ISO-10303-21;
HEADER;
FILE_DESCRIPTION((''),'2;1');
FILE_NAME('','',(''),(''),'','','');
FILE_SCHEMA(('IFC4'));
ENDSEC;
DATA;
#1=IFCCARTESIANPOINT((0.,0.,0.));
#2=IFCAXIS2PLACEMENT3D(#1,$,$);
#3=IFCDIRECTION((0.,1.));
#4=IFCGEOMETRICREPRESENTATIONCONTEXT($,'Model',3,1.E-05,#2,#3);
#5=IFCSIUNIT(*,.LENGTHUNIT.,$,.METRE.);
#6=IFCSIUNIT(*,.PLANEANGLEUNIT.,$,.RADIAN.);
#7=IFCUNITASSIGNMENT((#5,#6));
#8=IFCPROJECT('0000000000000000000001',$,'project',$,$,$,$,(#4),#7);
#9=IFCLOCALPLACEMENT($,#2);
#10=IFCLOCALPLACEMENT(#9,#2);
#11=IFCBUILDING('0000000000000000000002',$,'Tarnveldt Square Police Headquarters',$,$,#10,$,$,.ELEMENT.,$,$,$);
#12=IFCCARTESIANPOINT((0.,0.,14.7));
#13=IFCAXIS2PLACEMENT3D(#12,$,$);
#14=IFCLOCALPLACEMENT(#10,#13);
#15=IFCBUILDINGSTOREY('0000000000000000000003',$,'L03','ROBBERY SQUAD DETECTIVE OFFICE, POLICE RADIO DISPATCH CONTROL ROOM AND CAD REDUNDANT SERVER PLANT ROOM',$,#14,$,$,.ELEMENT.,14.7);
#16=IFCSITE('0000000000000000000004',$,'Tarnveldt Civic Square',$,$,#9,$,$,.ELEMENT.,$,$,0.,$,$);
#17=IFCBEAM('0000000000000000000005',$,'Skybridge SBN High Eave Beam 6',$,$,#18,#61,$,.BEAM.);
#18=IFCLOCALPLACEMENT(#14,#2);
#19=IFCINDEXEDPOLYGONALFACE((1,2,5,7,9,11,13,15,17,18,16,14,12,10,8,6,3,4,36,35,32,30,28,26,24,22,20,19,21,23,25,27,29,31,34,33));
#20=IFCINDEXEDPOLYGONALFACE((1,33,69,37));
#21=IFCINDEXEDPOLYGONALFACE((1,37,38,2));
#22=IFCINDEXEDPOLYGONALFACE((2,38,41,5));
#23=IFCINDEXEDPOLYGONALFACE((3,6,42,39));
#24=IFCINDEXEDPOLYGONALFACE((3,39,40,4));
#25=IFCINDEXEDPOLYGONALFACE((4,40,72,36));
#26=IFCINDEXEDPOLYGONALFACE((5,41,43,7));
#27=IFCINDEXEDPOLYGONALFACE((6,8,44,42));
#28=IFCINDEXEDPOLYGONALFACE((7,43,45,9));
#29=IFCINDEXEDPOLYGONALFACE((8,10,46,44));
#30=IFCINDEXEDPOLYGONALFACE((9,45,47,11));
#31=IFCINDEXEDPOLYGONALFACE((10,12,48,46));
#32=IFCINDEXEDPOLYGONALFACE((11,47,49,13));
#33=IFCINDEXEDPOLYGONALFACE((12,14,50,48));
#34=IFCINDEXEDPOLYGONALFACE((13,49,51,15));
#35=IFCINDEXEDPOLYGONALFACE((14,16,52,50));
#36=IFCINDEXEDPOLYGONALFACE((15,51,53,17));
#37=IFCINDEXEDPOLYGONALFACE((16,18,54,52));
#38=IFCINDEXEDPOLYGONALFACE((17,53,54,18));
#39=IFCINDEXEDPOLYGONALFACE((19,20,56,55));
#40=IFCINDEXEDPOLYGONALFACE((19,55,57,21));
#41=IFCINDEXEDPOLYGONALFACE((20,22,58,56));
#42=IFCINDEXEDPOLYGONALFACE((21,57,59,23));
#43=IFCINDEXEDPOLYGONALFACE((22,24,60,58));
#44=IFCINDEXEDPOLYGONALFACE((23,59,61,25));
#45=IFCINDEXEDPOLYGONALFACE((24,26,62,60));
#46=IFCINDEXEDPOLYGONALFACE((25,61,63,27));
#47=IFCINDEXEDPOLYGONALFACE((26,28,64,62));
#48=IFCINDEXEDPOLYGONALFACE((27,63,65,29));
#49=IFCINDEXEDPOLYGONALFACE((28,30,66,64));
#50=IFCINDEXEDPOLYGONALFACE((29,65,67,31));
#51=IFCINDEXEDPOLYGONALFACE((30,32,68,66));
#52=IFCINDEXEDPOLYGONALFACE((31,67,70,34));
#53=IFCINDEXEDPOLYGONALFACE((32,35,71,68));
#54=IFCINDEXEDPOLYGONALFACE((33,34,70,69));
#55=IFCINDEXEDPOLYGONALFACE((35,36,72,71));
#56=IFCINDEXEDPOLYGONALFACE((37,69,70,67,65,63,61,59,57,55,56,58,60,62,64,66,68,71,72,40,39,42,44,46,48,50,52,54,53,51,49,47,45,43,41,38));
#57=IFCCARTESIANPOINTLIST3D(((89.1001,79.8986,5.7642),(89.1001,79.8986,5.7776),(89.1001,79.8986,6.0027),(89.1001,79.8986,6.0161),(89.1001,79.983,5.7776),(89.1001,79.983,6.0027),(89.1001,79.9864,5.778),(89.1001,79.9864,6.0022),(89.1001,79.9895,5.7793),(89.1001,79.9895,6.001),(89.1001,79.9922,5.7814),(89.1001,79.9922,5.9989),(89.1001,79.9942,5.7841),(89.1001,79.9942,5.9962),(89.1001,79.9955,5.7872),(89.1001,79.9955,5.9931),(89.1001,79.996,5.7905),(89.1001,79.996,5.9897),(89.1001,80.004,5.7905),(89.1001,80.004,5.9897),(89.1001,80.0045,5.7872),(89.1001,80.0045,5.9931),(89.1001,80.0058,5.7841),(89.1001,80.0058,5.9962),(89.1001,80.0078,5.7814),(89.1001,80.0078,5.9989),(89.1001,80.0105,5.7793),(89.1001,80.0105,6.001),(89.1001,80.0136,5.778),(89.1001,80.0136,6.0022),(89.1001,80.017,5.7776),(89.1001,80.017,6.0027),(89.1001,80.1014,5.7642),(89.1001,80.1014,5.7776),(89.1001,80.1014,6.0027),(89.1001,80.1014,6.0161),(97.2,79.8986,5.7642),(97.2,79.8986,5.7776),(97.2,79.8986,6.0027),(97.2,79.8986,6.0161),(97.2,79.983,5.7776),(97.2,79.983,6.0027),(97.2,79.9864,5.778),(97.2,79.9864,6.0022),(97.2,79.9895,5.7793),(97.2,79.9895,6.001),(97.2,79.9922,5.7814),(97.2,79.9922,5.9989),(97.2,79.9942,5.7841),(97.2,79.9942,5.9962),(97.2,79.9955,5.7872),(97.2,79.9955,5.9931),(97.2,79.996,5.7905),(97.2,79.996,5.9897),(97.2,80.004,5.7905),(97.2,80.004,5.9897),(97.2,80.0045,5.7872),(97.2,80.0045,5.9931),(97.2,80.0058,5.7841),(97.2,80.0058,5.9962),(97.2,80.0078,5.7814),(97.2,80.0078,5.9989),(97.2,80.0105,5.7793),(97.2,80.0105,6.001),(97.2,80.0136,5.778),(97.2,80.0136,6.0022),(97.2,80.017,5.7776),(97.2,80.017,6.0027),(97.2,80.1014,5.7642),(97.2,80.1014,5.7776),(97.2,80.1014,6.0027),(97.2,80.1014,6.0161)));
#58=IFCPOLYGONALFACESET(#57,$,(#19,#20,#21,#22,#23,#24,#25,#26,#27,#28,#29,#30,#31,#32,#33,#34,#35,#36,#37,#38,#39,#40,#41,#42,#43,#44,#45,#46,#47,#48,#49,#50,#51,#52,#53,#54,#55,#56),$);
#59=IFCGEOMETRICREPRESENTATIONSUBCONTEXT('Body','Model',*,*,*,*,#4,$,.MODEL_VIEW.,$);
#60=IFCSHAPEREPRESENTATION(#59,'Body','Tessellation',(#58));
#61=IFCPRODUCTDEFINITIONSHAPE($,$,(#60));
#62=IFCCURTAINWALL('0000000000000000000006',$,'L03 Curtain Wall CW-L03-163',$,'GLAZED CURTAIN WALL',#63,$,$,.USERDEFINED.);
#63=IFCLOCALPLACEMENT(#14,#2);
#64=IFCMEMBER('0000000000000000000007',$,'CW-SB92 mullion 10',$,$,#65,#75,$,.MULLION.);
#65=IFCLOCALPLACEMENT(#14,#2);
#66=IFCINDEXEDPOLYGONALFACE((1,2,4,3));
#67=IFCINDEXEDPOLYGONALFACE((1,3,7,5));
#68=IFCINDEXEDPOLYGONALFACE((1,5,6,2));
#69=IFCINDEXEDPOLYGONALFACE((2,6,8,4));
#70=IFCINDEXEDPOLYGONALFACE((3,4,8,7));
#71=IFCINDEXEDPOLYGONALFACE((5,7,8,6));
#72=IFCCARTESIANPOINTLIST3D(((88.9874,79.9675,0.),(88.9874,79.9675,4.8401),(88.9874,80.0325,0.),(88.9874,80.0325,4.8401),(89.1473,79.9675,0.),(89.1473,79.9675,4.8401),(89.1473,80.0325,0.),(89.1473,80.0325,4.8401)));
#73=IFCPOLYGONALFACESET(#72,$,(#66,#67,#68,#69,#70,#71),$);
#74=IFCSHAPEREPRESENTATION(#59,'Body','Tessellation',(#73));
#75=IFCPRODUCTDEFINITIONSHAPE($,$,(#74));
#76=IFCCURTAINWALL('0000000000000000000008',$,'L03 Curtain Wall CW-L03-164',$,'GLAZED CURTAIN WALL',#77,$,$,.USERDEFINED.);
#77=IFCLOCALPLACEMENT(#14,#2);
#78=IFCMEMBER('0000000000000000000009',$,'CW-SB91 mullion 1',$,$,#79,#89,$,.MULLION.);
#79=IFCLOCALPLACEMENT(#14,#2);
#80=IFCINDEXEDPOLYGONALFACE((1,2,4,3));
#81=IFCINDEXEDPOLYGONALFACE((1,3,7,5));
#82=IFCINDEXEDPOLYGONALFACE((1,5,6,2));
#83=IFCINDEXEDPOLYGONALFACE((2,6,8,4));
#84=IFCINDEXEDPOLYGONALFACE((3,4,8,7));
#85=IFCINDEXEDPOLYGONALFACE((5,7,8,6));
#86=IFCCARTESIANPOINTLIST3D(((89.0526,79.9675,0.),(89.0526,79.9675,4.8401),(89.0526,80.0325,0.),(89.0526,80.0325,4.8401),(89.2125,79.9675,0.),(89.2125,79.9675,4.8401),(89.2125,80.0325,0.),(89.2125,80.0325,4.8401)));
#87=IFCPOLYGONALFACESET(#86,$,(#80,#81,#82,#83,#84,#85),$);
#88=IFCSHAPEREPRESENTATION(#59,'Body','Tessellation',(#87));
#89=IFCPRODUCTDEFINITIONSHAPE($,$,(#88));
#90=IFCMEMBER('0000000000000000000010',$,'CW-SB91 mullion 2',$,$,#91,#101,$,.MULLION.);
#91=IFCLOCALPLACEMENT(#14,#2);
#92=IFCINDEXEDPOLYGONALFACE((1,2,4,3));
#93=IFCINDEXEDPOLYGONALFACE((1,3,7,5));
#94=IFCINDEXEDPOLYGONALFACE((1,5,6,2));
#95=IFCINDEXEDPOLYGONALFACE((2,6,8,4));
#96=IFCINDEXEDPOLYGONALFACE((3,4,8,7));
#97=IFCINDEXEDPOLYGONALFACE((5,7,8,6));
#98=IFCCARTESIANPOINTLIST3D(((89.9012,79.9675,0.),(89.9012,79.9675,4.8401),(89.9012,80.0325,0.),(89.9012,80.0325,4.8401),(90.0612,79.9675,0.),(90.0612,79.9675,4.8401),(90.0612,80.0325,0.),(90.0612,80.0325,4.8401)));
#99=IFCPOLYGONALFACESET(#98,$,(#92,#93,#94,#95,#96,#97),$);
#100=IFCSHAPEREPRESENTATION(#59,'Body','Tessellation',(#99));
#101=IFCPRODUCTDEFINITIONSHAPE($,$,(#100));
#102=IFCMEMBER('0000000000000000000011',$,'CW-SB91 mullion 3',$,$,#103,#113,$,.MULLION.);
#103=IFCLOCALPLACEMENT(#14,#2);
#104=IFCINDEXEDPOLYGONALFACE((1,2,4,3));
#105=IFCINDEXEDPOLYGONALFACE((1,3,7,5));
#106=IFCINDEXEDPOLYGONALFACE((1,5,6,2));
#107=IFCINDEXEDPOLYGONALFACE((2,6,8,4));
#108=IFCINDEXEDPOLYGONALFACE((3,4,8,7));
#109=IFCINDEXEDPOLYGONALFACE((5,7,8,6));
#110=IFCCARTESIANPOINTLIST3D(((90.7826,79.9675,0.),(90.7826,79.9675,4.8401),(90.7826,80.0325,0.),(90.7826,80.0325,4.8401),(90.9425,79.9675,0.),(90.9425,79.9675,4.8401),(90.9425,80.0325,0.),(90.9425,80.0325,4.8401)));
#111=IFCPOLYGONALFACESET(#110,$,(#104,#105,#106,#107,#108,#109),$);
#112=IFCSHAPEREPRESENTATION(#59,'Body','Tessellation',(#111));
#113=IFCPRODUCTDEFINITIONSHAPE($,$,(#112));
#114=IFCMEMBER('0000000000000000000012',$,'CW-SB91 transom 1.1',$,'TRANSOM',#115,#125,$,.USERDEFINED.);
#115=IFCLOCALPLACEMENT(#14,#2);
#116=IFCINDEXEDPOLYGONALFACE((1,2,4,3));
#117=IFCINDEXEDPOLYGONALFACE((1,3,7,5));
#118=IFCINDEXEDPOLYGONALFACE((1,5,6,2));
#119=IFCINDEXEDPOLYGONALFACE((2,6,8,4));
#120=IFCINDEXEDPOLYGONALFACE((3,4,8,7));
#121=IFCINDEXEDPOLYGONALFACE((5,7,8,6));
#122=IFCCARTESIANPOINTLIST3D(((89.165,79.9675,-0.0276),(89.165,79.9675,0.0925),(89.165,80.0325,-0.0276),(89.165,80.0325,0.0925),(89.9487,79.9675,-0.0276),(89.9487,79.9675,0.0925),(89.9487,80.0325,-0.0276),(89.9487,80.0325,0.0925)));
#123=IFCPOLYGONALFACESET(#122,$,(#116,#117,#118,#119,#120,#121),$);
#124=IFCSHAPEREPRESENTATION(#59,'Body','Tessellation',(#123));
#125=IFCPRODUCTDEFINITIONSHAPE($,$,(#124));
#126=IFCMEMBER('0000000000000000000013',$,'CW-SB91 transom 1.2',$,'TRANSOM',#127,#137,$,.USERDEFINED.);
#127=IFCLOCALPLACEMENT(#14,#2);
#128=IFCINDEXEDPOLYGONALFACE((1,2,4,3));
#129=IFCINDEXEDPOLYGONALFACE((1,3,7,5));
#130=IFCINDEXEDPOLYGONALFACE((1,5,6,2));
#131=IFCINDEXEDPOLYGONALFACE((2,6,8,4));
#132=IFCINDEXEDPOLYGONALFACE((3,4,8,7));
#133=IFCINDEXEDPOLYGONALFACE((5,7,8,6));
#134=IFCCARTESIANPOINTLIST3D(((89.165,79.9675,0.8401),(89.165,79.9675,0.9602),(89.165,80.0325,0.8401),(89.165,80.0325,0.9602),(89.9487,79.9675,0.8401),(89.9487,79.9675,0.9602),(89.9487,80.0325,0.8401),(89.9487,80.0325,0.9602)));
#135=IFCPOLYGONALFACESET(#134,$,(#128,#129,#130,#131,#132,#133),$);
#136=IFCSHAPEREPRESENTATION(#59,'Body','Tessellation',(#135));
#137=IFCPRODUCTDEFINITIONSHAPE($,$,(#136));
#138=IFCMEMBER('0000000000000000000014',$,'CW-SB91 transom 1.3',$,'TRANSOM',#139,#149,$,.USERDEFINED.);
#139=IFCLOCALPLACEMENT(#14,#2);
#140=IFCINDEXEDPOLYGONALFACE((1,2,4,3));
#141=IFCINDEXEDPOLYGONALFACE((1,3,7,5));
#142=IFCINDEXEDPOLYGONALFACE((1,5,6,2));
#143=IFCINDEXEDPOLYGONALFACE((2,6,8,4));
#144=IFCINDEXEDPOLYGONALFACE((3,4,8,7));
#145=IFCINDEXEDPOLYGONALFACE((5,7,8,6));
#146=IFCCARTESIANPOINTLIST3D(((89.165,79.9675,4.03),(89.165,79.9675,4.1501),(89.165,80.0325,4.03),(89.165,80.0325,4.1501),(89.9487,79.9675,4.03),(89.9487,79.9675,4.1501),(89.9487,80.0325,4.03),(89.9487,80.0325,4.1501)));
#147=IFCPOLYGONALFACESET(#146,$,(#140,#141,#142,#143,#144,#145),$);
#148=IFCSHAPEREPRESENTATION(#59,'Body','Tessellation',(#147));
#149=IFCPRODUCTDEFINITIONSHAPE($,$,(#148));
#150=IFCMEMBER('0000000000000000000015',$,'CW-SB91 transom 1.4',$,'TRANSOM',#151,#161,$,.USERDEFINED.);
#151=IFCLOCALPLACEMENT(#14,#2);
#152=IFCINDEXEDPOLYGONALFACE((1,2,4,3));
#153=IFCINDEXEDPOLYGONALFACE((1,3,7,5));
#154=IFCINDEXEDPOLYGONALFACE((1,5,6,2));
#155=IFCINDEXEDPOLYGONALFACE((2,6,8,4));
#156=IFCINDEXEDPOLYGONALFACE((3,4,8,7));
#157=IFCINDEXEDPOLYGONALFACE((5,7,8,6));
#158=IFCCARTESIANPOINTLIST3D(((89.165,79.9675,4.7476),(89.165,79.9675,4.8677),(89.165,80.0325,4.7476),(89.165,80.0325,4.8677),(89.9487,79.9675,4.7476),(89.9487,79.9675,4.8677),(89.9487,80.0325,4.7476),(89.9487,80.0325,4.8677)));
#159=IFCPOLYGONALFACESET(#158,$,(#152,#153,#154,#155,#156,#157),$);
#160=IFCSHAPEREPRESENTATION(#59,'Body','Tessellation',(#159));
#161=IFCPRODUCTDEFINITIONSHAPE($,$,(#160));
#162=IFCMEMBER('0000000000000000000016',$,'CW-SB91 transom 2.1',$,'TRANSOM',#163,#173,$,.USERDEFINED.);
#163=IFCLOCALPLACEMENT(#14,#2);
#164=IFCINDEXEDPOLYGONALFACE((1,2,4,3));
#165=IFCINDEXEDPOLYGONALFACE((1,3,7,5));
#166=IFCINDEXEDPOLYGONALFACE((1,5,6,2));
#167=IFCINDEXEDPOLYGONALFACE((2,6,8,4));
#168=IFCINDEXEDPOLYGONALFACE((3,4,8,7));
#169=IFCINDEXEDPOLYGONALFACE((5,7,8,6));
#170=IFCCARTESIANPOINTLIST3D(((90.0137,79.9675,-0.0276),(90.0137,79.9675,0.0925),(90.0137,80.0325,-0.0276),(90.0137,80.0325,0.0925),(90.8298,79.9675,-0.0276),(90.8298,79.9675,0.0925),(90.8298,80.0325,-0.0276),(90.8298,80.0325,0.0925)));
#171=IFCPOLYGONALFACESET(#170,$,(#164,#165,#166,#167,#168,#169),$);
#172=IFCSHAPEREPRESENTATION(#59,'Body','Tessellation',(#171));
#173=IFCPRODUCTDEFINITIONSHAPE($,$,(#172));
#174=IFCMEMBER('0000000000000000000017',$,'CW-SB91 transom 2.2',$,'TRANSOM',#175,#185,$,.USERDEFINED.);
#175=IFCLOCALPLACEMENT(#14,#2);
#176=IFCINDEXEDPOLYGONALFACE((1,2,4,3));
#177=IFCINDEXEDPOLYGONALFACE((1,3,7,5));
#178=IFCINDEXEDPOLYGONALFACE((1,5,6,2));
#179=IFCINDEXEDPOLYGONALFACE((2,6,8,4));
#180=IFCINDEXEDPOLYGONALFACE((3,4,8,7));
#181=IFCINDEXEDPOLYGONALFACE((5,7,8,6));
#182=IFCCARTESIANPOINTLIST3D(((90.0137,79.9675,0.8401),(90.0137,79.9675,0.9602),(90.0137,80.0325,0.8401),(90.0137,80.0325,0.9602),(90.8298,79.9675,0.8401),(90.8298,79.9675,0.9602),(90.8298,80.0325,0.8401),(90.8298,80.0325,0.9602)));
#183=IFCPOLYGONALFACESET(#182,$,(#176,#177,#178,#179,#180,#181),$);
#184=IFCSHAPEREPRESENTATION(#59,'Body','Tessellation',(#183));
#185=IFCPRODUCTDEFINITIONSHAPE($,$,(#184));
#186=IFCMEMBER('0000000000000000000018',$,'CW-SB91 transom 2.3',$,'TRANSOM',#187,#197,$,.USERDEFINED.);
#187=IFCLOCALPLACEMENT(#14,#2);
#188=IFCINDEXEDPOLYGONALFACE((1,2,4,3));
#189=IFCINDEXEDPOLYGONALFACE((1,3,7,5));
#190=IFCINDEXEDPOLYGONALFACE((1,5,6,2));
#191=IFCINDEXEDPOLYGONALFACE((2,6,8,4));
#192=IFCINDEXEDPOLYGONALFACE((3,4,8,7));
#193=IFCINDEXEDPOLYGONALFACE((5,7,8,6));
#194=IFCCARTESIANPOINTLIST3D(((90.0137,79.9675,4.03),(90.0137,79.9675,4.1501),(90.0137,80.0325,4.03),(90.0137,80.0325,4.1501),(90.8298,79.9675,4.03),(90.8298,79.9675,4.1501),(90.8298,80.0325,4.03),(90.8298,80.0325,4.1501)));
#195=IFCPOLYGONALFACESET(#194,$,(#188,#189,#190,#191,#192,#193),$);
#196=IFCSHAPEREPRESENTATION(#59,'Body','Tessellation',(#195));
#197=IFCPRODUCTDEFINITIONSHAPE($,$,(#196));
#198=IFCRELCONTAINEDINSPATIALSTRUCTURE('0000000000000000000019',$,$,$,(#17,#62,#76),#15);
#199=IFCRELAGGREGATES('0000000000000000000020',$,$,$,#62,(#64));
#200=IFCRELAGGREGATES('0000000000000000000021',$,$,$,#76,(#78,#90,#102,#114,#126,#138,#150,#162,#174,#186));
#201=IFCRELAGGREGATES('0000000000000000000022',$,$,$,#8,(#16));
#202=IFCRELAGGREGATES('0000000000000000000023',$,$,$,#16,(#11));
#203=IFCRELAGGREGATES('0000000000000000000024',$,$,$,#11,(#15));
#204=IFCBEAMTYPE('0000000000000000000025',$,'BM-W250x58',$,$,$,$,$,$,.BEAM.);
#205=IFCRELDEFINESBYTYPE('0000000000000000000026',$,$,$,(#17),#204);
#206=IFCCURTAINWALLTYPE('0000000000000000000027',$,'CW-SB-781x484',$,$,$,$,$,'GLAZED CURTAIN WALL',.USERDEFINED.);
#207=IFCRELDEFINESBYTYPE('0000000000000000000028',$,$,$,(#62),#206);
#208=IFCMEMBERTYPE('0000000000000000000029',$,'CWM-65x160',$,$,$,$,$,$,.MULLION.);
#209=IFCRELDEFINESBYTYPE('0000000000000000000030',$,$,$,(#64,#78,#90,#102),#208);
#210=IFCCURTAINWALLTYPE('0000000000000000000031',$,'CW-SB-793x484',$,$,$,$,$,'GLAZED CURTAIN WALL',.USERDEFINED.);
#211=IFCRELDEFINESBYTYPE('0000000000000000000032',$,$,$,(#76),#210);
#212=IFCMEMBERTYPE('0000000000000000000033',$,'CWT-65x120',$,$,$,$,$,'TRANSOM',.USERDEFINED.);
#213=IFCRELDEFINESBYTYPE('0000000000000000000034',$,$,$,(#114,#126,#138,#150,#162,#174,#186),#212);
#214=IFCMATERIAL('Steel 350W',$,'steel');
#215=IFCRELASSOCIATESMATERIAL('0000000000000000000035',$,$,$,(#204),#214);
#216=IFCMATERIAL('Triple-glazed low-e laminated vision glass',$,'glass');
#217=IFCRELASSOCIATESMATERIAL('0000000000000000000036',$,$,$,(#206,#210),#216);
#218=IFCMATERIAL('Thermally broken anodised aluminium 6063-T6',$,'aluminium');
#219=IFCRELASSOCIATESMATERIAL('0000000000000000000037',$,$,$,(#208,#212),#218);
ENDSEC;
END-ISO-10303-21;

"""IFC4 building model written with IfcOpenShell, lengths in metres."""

from ifc_helpers import new_model, si_unit, direction, frame, origin, origin_2d, place, context, subcontext, project, spatial, rectangle, i_section, extrude, material, material_profile, profile_set, type_object, element, aggregate, save


model = new_model("IFC4")

# Units and contexts
model_context = context("Model", 3, precision=1e-05, world=origin(), true_north=direction((0.0, 1.0)))
body_context = subcontext(model_context, "Body", "Model", "MODEL_VIEW")
ifc_project = project(units=[si_unit("LENGTHUNIT", "METRE"), si_unit("PLANEANGLEUNIT", "RADIAN")], contexts=[model_context])

# Site, building, storey
site_placement = place(None, origin())
site = spatial("IfcSite", under=ifc_project, at=site_placement, Name="Tarnveldt Civic Square", CompositionType="ELEMENT", RefElevation=0.0)
building_placement = place(site_placement, origin())
building = spatial("IfcBuilding", under=site, at=building_placement, Name="Tarnveldt Square Police Headquarters", CompositionType="ELEMENT")
storey_placement = place(building_placement, frame((0.0, 0.0, 14.7)))
storey = spatial("IfcBuildingStorey", under=building, at=storey_placement, Name="L03", Description="ROBBERY SQUAD DETECTIVE OFFICE, POLICE RADIO DISPATCH CONTROL ROOM AND CAD REDUNDANT SERVER PLANT ROOM", CompositionType="ELEMENT", Elevation=14.7)

# Beam
ifc_material_1 = material(Name="Steel 350W", Category="steel")
ifc_material_profile_1 = material_profile(ifc_material_1, i_section(OverallWidth=0.2029, OverallDepth=0.252, WebThickness=0.0081, FlangeThickness=0.0134, FilletRadius=0.0129, at=origin_2d()), Name="W250x58")
ifc_profile_set_1 = profile_set([ifc_material_profile_1], Name="Steel 350W")
beam_type = type_object("IfcBeamType", Name="BM-W250x58", PredefinedType="BEAM", material=ifc_profile_set_1)
beam_placement = place(storey_placement, frame((89.1001, 80.0, 5.8901), z_axis=(1.0, 0.0, 0.0), x_axis=(0.0, 1.0, 0.0)))
element("IfcBeam", 1, at=beam_placement, inside=storey, type_object=beam_type, Name="Skybridge SBN High Eave Beam 6", PredefinedType="BEAM", context=body_context, shape_type="SweptSolid", body=[
    extrude(i_section(OverallWidth=0.2029, OverallDepth=0.252, WebThickness=0.0081, FlangeThickness=0.0134, FilletRadius=0.0129, at=origin_2d()), origin(), (0.0, 0.0, 1.0), 8.0999),
])

# Curtain wall, member
ifc_material_2 = material(Name="Triple-glazed low-e laminated vision glass", Category="glass")
curtain_wall_type_1 = type_object("IfcCurtainWallType", Name="CW-SB-781x484", ElementType="GLAZED CURTAIN WALL", PredefinedType="USERDEFINED", material=ifc_material_2)
curtain_wall_1_placement = place(storey_placement, origin())
curtain_wall_1 = element("IfcCurtainWall", 2, at=curtain_wall_1_placement, inside=storey, type_object=curtain_wall_type_1, Name="L03 Curtain Wall CW-L03-163", ObjectType="GLAZED CURTAIN WALL", PredefinedType="USERDEFINED")
ifc_material_3 = material(Name="Thermally broken anodised aluminium 6063-T6", Category="aluminium")
ifc_material_profile_2 = material_profile(ifc_material_3, rectangle(XDim=0.0649, YDim=0.1599, at=origin_2d()), Name="CW-M65x160")
ifc_profile_set_2 = profile_set([ifc_material_profile_2], Name="Thermally broken anodised aluminium 6063-T6")
member_type_1 = type_object("IfcMemberType", Name="CWM-65x160", PredefinedType="MULLION", material=ifc_profile_set_2)
member_1_placement = place(storey_placement, frame((89.0674, 80.0, 0.0), z_axis=(0.0, 0.0, 1.0), x_axis=(0.0, 1.0, 0.0)))
member_1 = element("IfcMember", 3, at=member_1_placement, type_object=member_type_1, Name="CW-SB92 mullion 10", PredefinedType="MULLION", context=body_context, shape_type="SweptSolid", body=[
    extrude(rectangle(XDim=0.0649, YDim=0.1599, at=origin_2d()), origin(), (0.0, 0.0, 1.0), 4.8401),
])
aggregate(curtain_wall_1, [member_1])

# Curtain wall, members
curtain_wall_type_2 = type_object("IfcCurtainWallType", Name="CW-SB-793x484", ElementType="GLAZED CURTAIN WALL", PredefinedType="USERDEFINED", material=ifc_material_2)
curtain_wall_2_placement = place(storey_placement, origin())
curtain_wall_2 = element("IfcCurtainWall", 4, at=curtain_wall_2_placement, inside=storey, type_object=curtain_wall_type_2, Name="L03 Curtain Wall CW-L03-164", ObjectType="GLAZED CURTAIN WALL", PredefinedType="USERDEFINED")
member_2_placement = place(storey_placement, frame((89.1326, 80.0, 0.0), z_axis=(0.0, 0.0, 1.0), x_axis=(0.0, 1.0, 0.0)))
member_2 = element("IfcMember", 5, at=member_2_placement, type_object=member_type_1, Name="CW-SB91 mullion 1", PredefinedType="MULLION", context=body_context, shape_type="SweptSolid", body=[
    extrude(rectangle(XDim=0.0649, YDim=0.1599, at=origin_2d()), origin(), (0.0, 0.0, 1.0), 4.8401),
])
member_3_placement = place(storey_placement, frame((89.9812, 80.0, 0.0), z_axis=(0.0, 0.0, 1.0), x_axis=(0.0, 1.0, 0.0)))
member_3 = element("IfcMember", 6, at=member_3_placement, type_object=member_type_1, Name="CW-SB91 mullion 2", PredefinedType="MULLION", context=body_context, shape_type="SweptSolid", body=[
    extrude(rectangle(XDim=0.0649, YDim=0.1599, at=origin_2d()), origin(), (0.0, 0.0, 1.0), 4.8401),
])
member_4_placement = place(storey_placement, frame((90.8625, 80.0, 0.0), z_axis=(0.0, 0.0, 1.0), x_axis=(0.0, 1.0, 0.0)))
member_4 = element("IfcMember", 7, at=member_4_placement, type_object=member_type_1, Name="CW-SB91 mullion 3", PredefinedType="MULLION", context=body_context, shape_type="SweptSolid", body=[
    extrude(rectangle(XDim=0.0649, YDim=0.1599, at=origin_2d()), origin(), (0.0, 0.0, 1.0), 4.8401),
])
ifc_material_profile_3 = material_profile(ifc_material_3, rectangle(XDim=0.0649, YDim=0.1201, at=origin_2d()), Name="CW-T65x120")
ifc_profile_set_3 = profile_set([ifc_material_profile_3], Name="Thermally broken anodised aluminium 6063-T6")
member_type_2 = type_object("IfcMemberType", Name="CWT-65x120", ElementType="TRANSOM", PredefinedType="USERDEFINED", material=ifc_profile_set_3)
member_5_placement = place(storey_placement, frame((89.165, 80.0, 0.0325), z_axis=(1.0, 0.0, 0.0), x_axis=(0.0, 1.0, 0.0)))
member_5 = element("IfcMember", 8, at=member_5_placement, type_object=member_type_2, Name="CW-SB91 transom 1.1", ObjectType="TRANSOM", PredefinedType="USERDEFINED", context=body_context, shape_type="SweptSolid", body=[
    extrude(rectangle(XDim=0.0649, YDim=0.1201, at=origin_2d()), origin(), (0.0, 0.0, 1.0), 0.7837),
])
member_6_placement = place(storey_placement, frame((89.165, 80.0, 0.9001), z_axis=(1.0, 0.0, 0.0), x_axis=(0.0, 1.0, 0.0)))
member_6 = element("IfcMember", 9, at=member_6_placement, type_object=member_type_2, Name="CW-SB91 transom 1.2", ObjectType="TRANSOM", PredefinedType="USERDEFINED", context=body_context, shape_type="SweptSolid", body=[
    extrude(rectangle(XDim=0.0649, YDim=0.1201, at=origin_2d()), origin(), (0.0, 0.0, 1.0), 0.7837),
])
member_7_placement = place(storey_placement, frame((89.165, 80.0, 4.0901), z_axis=(1.0, 0.0, 0.0), x_axis=(0.0, 1.0, 0.0)))
member_7 = element("IfcMember", 10, at=member_7_placement, type_object=member_type_2, Name="CW-SB91 transom 1.3", ObjectType="TRANSOM", PredefinedType="USERDEFINED", context=body_context, shape_type="SweptSolid", body=[
    extrude(rectangle(XDim=0.0649, YDim=0.1201, at=origin_2d()), origin(), (0.0, 0.0, 1.0), 0.7837),
])
member_8_placement = place(storey_placement, frame((89.165, 80.0, 4.8076), z_axis=(1.0, 0.0, 0.0), x_axis=(0.0, 1.0, 0.0)))
member_8 = element("IfcMember", 11, at=member_8_placement, type_object=member_type_2, Name="CW-SB91 transom 1.4", ObjectType="TRANSOM", PredefinedType="USERDEFINED", context=body_context, shape_type="SweptSolid", body=[
    extrude(rectangle(XDim=0.0649, YDim=0.1201, at=origin_2d()), origin(), (0.0, 0.0, 1.0), 0.7837),
])
member_9_placement = place(storey_placement, frame((90.0137, 80.0, 0.0325), z_axis=(1.0, 0.0, 0.0), x_axis=(0.0, 1.0, 0.0)))
member_9 = element("IfcMember", 12, at=member_9_placement, type_object=member_type_2, Name="CW-SB91 transom 2.1", ObjectType="TRANSOM", PredefinedType="USERDEFINED", context=body_context, shape_type="SweptSolid", body=[
    extrude(rectangle(XDim=0.0649, YDim=0.1201, at=origin_2d()), origin(), (0.0, 0.0, 1.0), 0.8162),
])
member_10_placement = place(storey_placement, frame((90.0137, 80.0, 0.9001), z_axis=(1.0, 0.0, 0.0), x_axis=(0.0, 1.0, 0.0)))
member_10 = element("IfcMember", 13, at=member_10_placement, type_object=member_type_2, Name="CW-SB91 transom 2.2", ObjectType="TRANSOM", PredefinedType="USERDEFINED", context=body_context, shape_type="SweptSolid", body=[
    extrude(rectangle(XDim=0.0649, YDim=0.1201, at=origin_2d()), origin(), (0.0, 0.0, 1.0), 0.8162),
])
member_11_placement = place(storey_placement, frame((90.0137, 80.0, 4.0901), z_axis=(1.0, 0.0, 0.0), x_axis=(0.0, 1.0, 0.0)))
member_11 = element("IfcMember", 14, at=member_11_placement, type_object=member_type_2, Name="CW-SB91 transom 2.3", ObjectType="TRANSOM", PredefinedType="USERDEFINED", context=body_context, shape_type="SweptSolid", body=[
    extrude(rectangle(XDim=0.0649, YDim=0.1201, at=origin_2d()), origin(), (0.0, 0.0, 1.0), 0.8162),
])

aggregate(curtain_wall_2, [member_2, member_3, member_4, member_5, member_6, member_7, member_8, member_9, member_10, member_11])

save(model, "model.ifc")
